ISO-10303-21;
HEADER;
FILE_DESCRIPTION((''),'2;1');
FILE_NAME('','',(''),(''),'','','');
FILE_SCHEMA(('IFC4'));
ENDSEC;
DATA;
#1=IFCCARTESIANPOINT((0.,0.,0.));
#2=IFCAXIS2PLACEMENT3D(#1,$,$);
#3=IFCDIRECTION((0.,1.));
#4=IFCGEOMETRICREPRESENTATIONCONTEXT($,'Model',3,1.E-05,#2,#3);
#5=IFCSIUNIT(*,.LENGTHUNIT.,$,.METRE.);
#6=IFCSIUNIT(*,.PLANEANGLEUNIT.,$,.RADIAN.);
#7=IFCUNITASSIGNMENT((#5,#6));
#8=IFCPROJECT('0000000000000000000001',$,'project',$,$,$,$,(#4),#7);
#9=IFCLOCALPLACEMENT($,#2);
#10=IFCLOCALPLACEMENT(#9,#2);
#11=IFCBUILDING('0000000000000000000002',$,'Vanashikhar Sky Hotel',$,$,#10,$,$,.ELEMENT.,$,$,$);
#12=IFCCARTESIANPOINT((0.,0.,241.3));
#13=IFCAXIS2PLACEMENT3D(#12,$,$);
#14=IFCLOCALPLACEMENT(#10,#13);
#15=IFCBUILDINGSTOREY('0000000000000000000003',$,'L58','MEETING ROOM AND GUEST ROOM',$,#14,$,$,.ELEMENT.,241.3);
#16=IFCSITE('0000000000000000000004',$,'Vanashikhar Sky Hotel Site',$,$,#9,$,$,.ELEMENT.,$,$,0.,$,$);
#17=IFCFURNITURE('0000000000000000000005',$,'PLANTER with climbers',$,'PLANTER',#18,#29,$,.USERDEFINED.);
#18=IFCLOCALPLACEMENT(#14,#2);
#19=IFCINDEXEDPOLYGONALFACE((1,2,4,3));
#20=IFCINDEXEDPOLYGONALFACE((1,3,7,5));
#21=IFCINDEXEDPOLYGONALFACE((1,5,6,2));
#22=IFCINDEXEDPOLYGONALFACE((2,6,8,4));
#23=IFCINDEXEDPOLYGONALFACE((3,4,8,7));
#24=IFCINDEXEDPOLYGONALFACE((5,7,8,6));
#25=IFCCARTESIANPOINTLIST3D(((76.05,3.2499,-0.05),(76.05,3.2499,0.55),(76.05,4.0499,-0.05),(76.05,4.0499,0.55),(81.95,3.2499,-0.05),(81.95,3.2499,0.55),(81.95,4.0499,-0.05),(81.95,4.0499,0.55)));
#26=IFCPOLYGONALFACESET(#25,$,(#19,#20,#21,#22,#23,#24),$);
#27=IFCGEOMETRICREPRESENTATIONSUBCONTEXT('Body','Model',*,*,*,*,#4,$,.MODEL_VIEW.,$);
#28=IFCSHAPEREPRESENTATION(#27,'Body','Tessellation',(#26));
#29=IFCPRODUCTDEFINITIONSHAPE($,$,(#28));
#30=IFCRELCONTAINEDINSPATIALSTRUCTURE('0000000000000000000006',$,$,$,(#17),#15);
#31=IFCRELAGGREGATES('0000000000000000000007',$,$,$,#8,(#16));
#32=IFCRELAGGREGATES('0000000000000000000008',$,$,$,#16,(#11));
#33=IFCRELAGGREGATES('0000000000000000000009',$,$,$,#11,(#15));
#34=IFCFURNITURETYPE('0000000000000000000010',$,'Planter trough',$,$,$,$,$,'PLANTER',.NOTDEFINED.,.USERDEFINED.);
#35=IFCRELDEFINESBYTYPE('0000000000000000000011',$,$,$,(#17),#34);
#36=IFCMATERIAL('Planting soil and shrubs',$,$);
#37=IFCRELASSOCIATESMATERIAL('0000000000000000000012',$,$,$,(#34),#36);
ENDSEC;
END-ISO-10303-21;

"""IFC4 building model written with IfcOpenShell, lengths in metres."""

from ifc_helpers import new_model, si_unit, direction, frame, origin, origin_2d, place, context, subcontext, project, spatial, rectangle, extrude, source, transform, mapped, material, type_object, element, save


model = new_model("IFC4")

# Units and contexts
model_context = context("Model", 3, precision=1e-05, world=origin(), true_north=direction((0.0, 1.0)))
body_context = subcontext(model_context, "Body", "Model", "MODEL_VIEW")
ifc_project = project(units=[si_unit("LENGTHUNIT", "METRE"), si_unit("PLANEANGLEUNIT", "RADIAN")], contexts=[model_context])

# Site, building, storey
site_placement = place(None, origin())
site = spatial("IfcSite", under=ifc_project, at=site_placement, Name="Vanashikhar Sky Hotel Site", CompositionType="ELEMENT", RefElevation=0.0)
building_placement = place(site_placement, origin())
building = spatial("IfcBuilding", under=site, at=building_placement, Name="Vanashikhar Sky Hotel", CompositionType="ELEMENT")
storey_placement = place(building_placement, frame((0.0, 0.0, 241.3)))
storey = spatial("IfcBuildingStorey", under=building, at=storey_placement, Name="L58", Description="MEETING ROOM AND GUEST ROOM", CompositionType="ELEMENT", Elevation=241.3)

# Furniture
ifc_material_1 = material(Name="Planting soil and shrubs")
furniture_type = type_object("IfcFurnitureType", Name="Planter trough", ElementType="PLANTER", AssemblyPlace="NOTDEFINED", PredefinedType="USERDEFINED", material=ifc_material_1)
shared_shape_1 = source(origin(), body_context, "Body", "SweptSolid", [
    extrude(rectangle(XDim=5.8999, YDim=0.8, at=origin_2d()), origin(), (0.0, 0.0, 1.0), 0.6001),
])
furniture_placement = place(storey_placement, frame((79.0, 3.6499, -0.05), z_axis=(0.0, 0.0, 1.0), x_axis=(1.0, 0.0, 0.0)))
element("IfcFurniture", 1, at=furniture_placement, inside=storey, type_object=furniture_type, Name="PLANTER with climbers", ObjectType="PLANTER", PredefinedType="USERDEFINED", context=body_context, shape_type="MappedRepresentation", body=[
    mapped(shared_shape_1, transform((0.0, 0.0, 0.0), scale=1.0)),
])

save(model, "model.ifc")
